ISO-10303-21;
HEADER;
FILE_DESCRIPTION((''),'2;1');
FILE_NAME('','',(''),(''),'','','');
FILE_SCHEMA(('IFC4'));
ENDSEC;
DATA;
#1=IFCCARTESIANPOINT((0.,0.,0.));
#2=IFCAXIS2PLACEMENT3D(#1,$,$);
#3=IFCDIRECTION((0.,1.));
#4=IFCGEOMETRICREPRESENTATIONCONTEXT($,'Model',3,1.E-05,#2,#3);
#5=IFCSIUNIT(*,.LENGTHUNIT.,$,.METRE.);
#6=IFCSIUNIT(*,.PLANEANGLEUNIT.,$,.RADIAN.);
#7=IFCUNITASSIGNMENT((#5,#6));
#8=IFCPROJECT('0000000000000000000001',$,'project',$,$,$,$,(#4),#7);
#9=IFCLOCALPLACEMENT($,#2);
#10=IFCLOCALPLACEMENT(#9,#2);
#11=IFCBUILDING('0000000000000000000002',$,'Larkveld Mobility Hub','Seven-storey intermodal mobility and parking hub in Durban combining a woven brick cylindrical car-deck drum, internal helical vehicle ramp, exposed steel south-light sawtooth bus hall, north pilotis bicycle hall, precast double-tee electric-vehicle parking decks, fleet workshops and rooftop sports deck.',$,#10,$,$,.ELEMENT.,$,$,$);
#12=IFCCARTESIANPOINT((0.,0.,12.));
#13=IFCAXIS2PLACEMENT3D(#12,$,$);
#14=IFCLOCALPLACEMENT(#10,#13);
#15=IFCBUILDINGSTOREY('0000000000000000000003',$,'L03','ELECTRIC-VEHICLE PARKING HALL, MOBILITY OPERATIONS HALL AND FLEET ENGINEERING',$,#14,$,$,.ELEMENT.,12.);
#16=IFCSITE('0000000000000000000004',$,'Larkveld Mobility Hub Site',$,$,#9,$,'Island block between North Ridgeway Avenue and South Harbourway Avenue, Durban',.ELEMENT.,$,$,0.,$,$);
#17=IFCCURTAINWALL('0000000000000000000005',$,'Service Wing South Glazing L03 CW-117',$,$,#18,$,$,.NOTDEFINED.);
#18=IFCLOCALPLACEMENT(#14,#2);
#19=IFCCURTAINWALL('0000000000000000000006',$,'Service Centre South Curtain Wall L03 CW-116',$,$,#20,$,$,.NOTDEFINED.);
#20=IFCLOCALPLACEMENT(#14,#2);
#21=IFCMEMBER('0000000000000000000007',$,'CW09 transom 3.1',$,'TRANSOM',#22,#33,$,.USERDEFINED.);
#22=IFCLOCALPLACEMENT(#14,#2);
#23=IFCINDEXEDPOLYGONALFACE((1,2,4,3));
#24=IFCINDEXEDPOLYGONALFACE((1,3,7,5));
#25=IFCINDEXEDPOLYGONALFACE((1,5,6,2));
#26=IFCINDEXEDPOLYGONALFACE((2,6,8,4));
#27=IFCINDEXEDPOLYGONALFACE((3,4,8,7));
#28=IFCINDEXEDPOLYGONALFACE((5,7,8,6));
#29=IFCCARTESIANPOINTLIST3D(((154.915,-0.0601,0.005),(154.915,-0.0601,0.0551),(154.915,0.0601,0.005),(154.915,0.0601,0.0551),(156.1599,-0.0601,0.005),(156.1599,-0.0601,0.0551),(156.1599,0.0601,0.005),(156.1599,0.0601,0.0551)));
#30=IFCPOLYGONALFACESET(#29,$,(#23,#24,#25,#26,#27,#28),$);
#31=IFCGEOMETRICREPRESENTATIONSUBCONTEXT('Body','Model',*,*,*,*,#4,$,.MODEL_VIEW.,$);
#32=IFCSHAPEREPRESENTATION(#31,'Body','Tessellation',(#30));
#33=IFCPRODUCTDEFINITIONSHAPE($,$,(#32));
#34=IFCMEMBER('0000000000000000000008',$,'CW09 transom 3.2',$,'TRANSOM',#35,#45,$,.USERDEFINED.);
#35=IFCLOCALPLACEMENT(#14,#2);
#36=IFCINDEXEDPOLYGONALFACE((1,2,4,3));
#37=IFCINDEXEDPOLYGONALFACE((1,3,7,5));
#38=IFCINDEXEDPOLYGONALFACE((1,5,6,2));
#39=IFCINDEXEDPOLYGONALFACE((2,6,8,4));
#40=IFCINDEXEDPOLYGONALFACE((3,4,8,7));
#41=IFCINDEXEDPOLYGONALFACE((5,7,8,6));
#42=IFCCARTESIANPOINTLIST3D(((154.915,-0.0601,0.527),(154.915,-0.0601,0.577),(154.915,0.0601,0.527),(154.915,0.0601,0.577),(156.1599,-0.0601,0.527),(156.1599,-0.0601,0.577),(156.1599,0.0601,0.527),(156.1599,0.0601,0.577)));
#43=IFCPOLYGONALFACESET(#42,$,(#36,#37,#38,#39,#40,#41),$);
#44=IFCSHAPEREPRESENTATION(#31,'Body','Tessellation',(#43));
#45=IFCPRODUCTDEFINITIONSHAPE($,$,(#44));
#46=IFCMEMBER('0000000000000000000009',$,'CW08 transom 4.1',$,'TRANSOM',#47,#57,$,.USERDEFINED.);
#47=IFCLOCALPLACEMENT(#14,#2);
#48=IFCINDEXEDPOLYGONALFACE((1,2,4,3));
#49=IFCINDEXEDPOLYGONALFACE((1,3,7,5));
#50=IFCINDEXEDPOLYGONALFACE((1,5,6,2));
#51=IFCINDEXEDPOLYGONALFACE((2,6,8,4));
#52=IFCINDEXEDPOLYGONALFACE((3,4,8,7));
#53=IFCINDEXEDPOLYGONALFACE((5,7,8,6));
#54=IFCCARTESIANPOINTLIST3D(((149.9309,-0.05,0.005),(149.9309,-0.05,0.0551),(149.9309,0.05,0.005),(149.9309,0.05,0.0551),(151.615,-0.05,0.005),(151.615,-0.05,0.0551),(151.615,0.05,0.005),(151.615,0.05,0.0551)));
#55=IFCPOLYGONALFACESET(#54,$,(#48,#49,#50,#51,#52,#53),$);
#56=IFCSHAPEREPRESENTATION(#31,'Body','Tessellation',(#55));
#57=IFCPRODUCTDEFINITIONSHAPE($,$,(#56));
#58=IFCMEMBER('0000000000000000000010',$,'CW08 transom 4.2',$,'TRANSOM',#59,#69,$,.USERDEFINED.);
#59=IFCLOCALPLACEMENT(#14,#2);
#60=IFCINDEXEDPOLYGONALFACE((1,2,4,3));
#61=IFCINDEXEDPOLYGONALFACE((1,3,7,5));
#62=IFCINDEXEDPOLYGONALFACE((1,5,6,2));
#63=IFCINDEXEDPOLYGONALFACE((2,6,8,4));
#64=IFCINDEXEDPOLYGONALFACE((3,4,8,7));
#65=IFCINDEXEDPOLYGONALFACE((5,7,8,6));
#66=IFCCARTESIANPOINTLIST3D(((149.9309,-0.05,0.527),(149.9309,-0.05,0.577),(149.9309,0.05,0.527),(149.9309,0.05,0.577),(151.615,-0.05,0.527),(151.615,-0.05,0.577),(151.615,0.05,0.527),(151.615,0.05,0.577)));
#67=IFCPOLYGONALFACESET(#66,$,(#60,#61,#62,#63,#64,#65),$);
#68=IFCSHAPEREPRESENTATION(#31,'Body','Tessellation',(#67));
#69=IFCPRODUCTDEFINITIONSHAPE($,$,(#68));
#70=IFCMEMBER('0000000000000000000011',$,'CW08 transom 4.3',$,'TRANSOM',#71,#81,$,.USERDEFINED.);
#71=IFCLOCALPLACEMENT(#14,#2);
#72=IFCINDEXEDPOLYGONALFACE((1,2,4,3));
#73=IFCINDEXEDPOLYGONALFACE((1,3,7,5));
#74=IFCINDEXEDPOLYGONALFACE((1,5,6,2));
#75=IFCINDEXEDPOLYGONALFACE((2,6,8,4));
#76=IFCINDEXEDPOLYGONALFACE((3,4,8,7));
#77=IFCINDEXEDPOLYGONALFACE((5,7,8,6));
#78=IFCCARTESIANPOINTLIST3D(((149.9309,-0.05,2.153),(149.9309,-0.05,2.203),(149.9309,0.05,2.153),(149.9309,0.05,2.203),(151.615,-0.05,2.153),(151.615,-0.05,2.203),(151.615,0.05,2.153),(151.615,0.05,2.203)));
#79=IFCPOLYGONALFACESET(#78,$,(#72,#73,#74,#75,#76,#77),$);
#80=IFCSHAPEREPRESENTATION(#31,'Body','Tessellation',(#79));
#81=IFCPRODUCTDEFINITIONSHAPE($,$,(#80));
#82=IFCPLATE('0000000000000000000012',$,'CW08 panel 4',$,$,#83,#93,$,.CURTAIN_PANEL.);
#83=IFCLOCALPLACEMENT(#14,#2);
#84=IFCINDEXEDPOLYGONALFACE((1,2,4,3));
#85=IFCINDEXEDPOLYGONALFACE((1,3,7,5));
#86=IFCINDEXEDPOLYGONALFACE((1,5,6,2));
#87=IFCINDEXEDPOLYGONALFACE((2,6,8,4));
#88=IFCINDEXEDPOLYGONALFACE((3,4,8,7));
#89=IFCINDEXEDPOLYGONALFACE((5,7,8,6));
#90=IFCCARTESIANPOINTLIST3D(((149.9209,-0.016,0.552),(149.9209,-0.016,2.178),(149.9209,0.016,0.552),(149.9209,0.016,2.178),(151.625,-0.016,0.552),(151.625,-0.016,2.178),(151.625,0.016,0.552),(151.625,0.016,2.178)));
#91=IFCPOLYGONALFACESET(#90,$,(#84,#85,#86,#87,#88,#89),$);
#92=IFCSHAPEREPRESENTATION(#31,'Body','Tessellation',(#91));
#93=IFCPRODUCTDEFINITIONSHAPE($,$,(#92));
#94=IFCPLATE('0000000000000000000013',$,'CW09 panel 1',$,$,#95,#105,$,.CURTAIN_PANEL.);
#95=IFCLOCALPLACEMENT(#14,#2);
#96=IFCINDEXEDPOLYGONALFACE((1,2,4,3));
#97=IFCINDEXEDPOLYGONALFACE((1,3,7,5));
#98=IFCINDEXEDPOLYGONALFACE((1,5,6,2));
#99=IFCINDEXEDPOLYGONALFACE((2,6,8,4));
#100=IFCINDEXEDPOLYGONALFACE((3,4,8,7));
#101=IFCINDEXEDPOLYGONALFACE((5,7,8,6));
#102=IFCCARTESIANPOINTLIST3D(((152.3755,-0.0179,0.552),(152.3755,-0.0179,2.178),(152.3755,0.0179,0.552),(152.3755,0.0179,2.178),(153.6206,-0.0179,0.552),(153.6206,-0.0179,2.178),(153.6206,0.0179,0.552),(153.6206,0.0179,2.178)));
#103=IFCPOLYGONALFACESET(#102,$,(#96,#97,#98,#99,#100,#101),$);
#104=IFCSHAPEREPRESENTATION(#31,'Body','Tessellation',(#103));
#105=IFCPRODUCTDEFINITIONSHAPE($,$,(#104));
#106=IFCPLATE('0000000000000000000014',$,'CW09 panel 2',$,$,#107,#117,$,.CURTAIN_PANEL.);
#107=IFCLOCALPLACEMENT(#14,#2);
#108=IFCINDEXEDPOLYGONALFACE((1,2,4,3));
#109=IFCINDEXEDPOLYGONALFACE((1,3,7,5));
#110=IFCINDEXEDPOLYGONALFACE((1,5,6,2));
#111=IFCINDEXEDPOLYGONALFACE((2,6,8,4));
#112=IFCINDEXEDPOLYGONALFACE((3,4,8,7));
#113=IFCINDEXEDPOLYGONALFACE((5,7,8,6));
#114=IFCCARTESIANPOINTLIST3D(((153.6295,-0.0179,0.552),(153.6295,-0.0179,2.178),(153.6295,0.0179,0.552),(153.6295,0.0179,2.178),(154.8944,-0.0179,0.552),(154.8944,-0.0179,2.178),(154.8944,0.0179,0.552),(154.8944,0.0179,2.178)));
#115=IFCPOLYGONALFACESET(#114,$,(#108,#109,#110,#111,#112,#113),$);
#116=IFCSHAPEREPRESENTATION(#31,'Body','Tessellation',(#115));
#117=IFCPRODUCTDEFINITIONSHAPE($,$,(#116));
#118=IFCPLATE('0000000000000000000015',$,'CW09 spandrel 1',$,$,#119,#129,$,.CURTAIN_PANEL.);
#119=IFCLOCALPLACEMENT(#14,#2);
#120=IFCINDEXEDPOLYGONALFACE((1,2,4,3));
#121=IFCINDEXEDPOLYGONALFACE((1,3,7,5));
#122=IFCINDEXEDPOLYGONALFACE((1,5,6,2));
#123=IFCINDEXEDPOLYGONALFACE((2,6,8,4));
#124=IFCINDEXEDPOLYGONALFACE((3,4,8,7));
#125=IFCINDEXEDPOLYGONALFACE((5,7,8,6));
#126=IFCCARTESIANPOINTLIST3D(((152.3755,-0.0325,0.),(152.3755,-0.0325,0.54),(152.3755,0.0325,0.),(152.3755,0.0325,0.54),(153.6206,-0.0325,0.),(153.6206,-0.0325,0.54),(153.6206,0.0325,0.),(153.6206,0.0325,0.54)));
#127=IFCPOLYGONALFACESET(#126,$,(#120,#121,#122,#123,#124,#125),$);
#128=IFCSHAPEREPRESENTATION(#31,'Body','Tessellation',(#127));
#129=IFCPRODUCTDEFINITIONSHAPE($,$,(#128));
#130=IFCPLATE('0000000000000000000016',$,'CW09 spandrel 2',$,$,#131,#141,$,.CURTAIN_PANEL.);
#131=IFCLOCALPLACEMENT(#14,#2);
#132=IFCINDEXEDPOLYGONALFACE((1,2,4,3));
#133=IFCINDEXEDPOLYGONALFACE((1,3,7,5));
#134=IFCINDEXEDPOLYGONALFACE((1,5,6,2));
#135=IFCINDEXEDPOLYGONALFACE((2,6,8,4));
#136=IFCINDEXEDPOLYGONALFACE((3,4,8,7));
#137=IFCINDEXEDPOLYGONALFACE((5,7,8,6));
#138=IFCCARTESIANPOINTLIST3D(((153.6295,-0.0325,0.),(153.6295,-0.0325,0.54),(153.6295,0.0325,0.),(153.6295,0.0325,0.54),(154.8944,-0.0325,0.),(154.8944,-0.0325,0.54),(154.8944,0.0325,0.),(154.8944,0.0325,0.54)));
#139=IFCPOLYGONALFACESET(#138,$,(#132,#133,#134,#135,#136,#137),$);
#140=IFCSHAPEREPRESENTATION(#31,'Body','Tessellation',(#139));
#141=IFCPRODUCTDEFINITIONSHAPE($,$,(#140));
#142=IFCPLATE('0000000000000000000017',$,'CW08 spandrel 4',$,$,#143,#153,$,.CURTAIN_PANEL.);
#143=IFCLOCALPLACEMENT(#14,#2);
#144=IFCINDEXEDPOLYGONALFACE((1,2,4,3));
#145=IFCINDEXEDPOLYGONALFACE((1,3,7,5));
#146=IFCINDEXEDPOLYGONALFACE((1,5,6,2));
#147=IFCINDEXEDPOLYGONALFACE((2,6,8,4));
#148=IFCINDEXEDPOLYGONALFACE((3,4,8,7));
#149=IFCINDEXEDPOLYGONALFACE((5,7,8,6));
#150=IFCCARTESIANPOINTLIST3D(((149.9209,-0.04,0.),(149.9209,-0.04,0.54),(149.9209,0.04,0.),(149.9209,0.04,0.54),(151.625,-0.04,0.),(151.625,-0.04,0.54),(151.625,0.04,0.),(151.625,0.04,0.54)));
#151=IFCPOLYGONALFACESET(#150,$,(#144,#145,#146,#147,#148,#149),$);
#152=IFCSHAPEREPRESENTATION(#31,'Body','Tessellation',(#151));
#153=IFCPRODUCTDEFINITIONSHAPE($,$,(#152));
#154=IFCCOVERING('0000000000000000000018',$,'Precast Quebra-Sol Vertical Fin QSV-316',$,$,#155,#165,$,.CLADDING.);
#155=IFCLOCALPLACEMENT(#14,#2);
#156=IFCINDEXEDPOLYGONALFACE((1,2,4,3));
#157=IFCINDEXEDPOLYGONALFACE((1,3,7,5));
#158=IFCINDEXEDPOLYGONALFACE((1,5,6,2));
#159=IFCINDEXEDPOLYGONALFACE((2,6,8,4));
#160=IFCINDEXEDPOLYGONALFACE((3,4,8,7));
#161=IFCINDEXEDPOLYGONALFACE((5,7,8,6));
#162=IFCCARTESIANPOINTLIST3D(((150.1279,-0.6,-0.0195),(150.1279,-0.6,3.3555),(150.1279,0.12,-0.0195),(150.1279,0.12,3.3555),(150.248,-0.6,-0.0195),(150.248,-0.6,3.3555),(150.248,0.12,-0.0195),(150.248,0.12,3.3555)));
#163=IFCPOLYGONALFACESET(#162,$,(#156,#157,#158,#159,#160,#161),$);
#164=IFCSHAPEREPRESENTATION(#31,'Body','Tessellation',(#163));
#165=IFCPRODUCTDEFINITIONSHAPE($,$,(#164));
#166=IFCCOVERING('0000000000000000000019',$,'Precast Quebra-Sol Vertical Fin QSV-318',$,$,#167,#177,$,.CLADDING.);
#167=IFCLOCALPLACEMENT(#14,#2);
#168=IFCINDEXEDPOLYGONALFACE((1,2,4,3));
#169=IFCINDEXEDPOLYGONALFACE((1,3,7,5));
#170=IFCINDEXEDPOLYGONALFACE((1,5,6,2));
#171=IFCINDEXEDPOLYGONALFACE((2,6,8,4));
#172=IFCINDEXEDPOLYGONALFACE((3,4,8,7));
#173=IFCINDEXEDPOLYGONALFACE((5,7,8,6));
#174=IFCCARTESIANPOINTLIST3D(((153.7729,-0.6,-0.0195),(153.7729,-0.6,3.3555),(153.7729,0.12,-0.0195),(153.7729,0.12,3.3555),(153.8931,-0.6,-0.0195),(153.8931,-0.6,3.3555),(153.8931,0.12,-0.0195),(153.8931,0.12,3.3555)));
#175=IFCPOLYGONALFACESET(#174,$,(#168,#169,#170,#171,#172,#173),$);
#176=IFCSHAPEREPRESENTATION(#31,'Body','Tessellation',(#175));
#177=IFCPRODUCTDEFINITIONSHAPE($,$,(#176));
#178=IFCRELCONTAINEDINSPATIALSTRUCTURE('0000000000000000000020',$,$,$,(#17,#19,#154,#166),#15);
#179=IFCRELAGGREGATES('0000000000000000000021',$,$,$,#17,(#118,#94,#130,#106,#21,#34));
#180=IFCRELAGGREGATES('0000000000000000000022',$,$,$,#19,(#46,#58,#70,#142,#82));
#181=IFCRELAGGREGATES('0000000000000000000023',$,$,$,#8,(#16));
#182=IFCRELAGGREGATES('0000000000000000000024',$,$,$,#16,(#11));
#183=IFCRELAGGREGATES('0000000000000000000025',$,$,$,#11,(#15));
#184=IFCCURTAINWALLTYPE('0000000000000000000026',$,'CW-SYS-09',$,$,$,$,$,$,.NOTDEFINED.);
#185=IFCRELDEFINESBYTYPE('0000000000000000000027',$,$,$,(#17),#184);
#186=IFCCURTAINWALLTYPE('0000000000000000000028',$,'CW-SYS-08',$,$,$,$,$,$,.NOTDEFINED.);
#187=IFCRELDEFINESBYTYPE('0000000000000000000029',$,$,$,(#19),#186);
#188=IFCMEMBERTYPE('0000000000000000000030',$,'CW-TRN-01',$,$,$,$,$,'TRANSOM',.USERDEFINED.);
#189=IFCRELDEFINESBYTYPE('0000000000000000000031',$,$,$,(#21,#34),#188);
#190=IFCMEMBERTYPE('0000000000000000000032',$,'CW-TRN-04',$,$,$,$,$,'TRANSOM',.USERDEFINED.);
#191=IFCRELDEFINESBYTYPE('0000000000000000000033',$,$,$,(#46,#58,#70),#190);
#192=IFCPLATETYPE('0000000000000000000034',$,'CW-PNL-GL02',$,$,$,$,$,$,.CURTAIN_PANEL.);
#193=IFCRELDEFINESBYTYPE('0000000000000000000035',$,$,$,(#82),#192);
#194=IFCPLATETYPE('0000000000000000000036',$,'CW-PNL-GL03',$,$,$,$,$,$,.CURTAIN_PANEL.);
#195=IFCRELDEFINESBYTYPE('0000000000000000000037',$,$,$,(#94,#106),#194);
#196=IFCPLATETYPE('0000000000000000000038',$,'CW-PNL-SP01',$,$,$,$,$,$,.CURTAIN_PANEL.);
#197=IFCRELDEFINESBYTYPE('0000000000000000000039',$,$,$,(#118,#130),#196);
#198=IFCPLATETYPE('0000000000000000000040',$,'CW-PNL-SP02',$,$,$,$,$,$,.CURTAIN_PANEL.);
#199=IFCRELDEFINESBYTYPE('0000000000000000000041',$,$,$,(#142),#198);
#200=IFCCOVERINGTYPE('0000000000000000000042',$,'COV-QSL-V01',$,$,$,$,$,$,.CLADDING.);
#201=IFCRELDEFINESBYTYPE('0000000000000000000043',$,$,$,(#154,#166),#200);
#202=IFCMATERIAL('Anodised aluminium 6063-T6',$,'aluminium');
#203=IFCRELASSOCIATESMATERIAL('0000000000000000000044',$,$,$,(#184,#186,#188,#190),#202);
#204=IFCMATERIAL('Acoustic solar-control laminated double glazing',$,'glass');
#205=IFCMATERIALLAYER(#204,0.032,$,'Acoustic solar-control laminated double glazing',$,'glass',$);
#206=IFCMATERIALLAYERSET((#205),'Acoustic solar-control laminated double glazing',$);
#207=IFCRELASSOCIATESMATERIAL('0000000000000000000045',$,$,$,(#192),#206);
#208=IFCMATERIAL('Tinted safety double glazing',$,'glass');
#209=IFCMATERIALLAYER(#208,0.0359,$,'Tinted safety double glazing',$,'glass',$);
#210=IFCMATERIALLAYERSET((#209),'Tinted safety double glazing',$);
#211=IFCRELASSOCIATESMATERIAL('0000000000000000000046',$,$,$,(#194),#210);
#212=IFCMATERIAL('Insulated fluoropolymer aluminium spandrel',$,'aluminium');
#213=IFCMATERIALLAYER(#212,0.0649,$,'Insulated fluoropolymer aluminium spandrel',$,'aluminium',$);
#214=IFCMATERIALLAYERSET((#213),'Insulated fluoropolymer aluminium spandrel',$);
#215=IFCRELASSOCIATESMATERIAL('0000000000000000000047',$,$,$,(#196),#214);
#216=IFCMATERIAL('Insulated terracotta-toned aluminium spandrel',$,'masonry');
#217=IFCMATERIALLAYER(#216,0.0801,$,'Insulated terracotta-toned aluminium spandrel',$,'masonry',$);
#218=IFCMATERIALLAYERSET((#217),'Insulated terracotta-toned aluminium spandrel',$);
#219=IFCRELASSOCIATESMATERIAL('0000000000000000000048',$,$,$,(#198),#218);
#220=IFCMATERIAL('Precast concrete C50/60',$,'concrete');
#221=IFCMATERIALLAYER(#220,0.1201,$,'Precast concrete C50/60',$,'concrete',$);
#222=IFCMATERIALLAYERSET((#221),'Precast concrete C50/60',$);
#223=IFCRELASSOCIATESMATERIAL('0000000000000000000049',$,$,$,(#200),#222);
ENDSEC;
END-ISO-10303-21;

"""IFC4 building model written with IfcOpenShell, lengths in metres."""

from ifc_helpers import new_model, si_unit, direction, frame, origin, origin_2d, place, context, subcontext, project, spatial, rectangle, extrude, material, layer, layer_set, material_profile, profile_set, type_object, element, aggregate, save


model = new_model("IFC4")

# Units and contexts
model_context = context("Model", 3, precision=1e-05, world=origin(), true_north=direction((0.0, 1.0)))
body_context = subcontext(model_context, "Body", "Model", "MODEL_VIEW")
ifc_project = project(units=[si_unit("LENGTHUNIT", "METRE"), si_unit("PLANEANGLEUNIT", "RADIAN")], contexts=[model_context])

# Site, building, storey
site_placement = place(None, origin())
site = spatial("IfcSite", under=ifc_project, at=site_placement, Name="Larkveld Mobility Hub Site", LongName="Island block between North Ridgeway Avenue and South Harbourway Avenue, Durban", CompositionType="ELEMENT", RefElevation=0.0)
building_placement = place(site_placement, origin())
building = spatial("IfcBuilding", under=site, at=building_placement, Name="Larkveld Mobility Hub", Description="Seven-storey intermodal mobility and parking hub in Durban combining a woven brick cylindrical car-deck drum, internal helical vehicle ramp, exposed steel south-light sawtooth bus hall, north pilotis bicycle hall, precast double-tee electric-vehicle parking decks, fleet workshops and rooftop sports deck.", CompositionType="ELEMENT")
storey_placement = place(building_placement, frame((0.0, 0.0, 12.0)))
storey = spatial("IfcBuildingStorey", under=building, at=storey_placement, Name="L03", Description="ELECTRIC-VEHICLE PARKING HALL, MOBILITY OPERATIONS HALL AND FLEET ENGINEERING", CompositionType="ELEMENT", Elevation=12.0)

# Shared definitions
ifc_material_1 = material(Name="Precast concrete C50/60", Category="concrete")

# Curtain walls
ifc_material_2 = material(Name="Anodised aluminium 6063-T6", Category="aluminium")
curtain_wall_type_1 = type_object("IfcCurtainWallType", Name="CW-SYS-09", PredefinedType="NOTDEFINED", material=ifc_material_2)
curtain_wall_1_placement = place(storey_placement, origin())
curtain_wall_1 = element("IfcCurtainWall", 1, at=curtain_wall_1_placement, inside=storey, type_object=curtain_wall_type_1, Name="Service Wing South Glazing L03 CW-117", PredefinedType="NOTDEFINED")
curtain_wall_type_2 = type_object("IfcCurtainWallType", Name="CW-SYS-08", PredefinedType="NOTDEFINED", material=ifc_material_2)
curtain_wall_2_placement = place(storey_placement, origin())
curtain_wall_2 = element("IfcCurtainWall", 2, at=curtain_wall_2_placement, inside=storey, type_object=curtain_wall_type_2, Name="Service Centre South Curtain Wall L03 CW-116", PredefinedType="NOTDEFINED")

# Members
ifc_material_profile_1 = material_profile(ifc_material_2, rectangle(XDim=0.1201, YDim=0.05, at=origin_2d()), Name="ALU TRAN 50x120")
ifc_profile_set_1 = profile_set([ifc_material_profile_1], Name="Anodised aluminium 6063-T6")
member_type_1 = type_object("IfcMemberType", Name="CW-TRN-01", ElementType="TRANSOM", PredefinedType="USERDEFINED", material=ifc_profile_set_1)
member_1_placement = place(storey_placement, frame((154.915, 0.0, 0.03), z_axis=(1.0, 0.0, 0.0), x_axis=(0.0, 1.0, 0.0)))
member_1 = element("IfcMember", 3, at=member_1_placement, type_object=member_type_1, Name="CW09 transom 3.1", ObjectType="TRANSOM", PredefinedType="USERDEFINED", context=body_context, shape_type="SweptSolid", body=[
    extrude(rectangle(XDim=0.1201, YDim=0.05, at=origin_2d()), origin(), (0.0, 0.0, 1.0), 1.2449),
])
member_2_placement = place(storey_placement, frame((154.915, 0.0, 0.552), z_axis=(1.0, 0.0, 0.0), x_axis=(0.0, 1.0, 0.0)))
member_2 = element("IfcMember", 4, at=member_2_placement, type_object=member_type_1, Name="CW09 transom 3.2", ObjectType="TRANSOM", PredefinedType="USERDEFINED", context=body_context, shape_type="SweptSolid", body=[
    extrude(rectangle(XDim=0.1201, YDim=0.05, at=origin_2d()), origin(), (0.0, 0.0, 1.0), 1.2449),
])
ifc_material_profile_2 = material_profile(ifc_material_2, rectangle(XDim=0.1001, YDim=0.05, at=origin_2d()), Name="ALU TRAN 50x100")
ifc_profile_set_2 = profile_set([ifc_material_profile_2], Name="Anodised aluminium 6063-T6")
member_type_2 = type_object("IfcMemberType", Name="CW-TRN-04", ElementType="TRANSOM", PredefinedType="USERDEFINED", material=ifc_profile_set_2)
member_3_placement = place(storey_placement, frame((149.9309, 0.0, 0.03), z_axis=(1.0, 0.0, 0.0), x_axis=(0.0, 1.0, 0.0)))
member_3 = element("IfcMember", 5, at=member_3_placement, type_object=member_type_2, Name="CW08 transom 4.1", ObjectType="TRANSOM", PredefinedType="USERDEFINED", context=body_context, shape_type="SweptSolid", body=[
    extrude(rectangle(XDim=0.1001, YDim=0.05, at=origin_2d()), origin(), (0.0, 0.0, 1.0), 1.6841),
])
member_4_placement = place(storey_placement, frame((149.9309, 0.0, 0.552), z_axis=(1.0, 0.0, 0.0), x_axis=(0.0, 1.0, 0.0)))
member_4 = element("IfcMember", 6, at=member_4_placement, type_object=member_type_2, Name="CW08 transom 4.2", ObjectType="TRANSOM", PredefinedType="USERDEFINED", context=body_context, shape_type="SweptSolid", body=[
    extrude(rectangle(XDim=0.1001, YDim=0.05, at=origin_2d()), origin(), (0.0, 0.0, 1.0), 1.6841),
])
member_5_placement = place(storey_placement, frame((149.9309, 0.0, 2.178), z_axis=(1.0, 0.0, 0.0), x_axis=(0.0, 1.0, 0.0)))
member_5 = element("IfcMember", 7, at=member_5_placement, type_object=member_type_2, Name="CW08 transom 4.3", ObjectType="TRANSOM", PredefinedType="USERDEFINED", context=body_context, shape_type="SweptSolid", body=[
    extrude(rectangle(XDim=0.1001, YDim=0.05, at=origin_2d()), origin(), (0.0, 0.0, 1.0), 1.6841),
])

# Plates
ifc_material_3 = material(Name="Acoustic solar-control laminated double glazing", Category="glass")
ifc_layer_1 = layer(ifc_material_3, 0.032, Name="Acoustic solar-control laminated double glazing", Category="glass")
ifc_layer_set_1 = layer_set([ifc_layer_1], Name="Acoustic solar-control laminated double glazing")
plate_type_1 = type_object("IfcPlateType", Name="CW-PNL-GL02", PredefinedType="CURTAIN_PANEL", material=ifc_layer_set_1)
plate_1_placement = place(storey_placement, frame((150.7729, 0.0, 0.552), z_axis=(0.0, 0.0, 1.0), x_axis=(1.0, 0.0, 0.0)))
plate_1 = element("IfcPlate", 8, at=plate_1_placement, type_object=plate_type_1, Name="CW08 panel 4", PredefinedType="CURTAIN_PANEL", context=body_context, shape_type="SweptSolid", body=[
    extrude(rectangle(XDim=1.7041, YDim=0.032, at=origin_2d()), origin(), (0.0, 0.0, 1.0), 1.626),
])
ifc_material_4 = material(Name="Tinted safety double glazing", Category="glass")
ifc_layer_2 = layer(ifc_material_4, 0.0359, Name="Tinted safety double glazing", Category="glass")
ifc_layer_set_2 = layer_set([ifc_layer_2], Name="Tinted safety double glazing")
plate_type_2 = type_object("IfcPlateType", Name="CW-PNL-GL03", PredefinedType="CURTAIN_PANEL", material=ifc_layer_set_2)
plate_2_placement = place(storey_placement, frame((152.998, 0.0, 0.552), z_axis=(0.0, 0.0, 1.0), x_axis=(1.0, 0.0, 0.0)))
plate_2 = element("IfcPlate", 9, at=plate_2_placement, type_object=plate_type_2, Name="CW09 panel 1", PredefinedType="CURTAIN_PANEL", context=body_context, shape_type="SweptSolid", body=[
    extrude(rectangle(XDim=1.2451, YDim=0.0359, at=origin_2d()), origin(), (0.0, 0.0, 1.0), 1.626),
])
plate_3_placement = place(storey_placement, frame((154.262, 0.0, 0.552), z_axis=(0.0, 0.0, 1.0), x_axis=(1.0, 0.0, 0.0)))
plate_3 = element("IfcPlate", 10, at=plate_3_placement, type_object=plate_type_2, Name="CW09 panel 2", PredefinedType="CURTAIN_PANEL", context=body_context, shape_type="SweptSolid", body=[
    extrude(rectangle(XDim=1.2649, YDim=0.0359, at=origin_2d()), origin(), (0.0, 0.0, 1.0), 1.626),
])
ifc_material_5 = material(Name="Insulated fluoropolymer aluminium spandrel", Category="aluminium")
ifc_layer_3 = layer(ifc_material_5, 0.0649, Name="Insulated fluoropolymer aluminium spandrel", Category="aluminium")
ifc_layer_set_3 = layer_set([ifc_layer_3], Name="Insulated fluoropolymer aluminium spandrel")
plate_type_3 = type_object("IfcPlateType", Name="CW-PNL-SP01", PredefinedType="CURTAIN_PANEL", material=ifc_layer_set_3)
plate_4_placement = place(storey_placement, frame((152.998, 0.0, 0.0), z_axis=(0.0, 0.0, 1.0), x_axis=(1.0, 0.0, 0.0)))
plate_4 = element("IfcPlate", 11, at=plate_4_placement, type_object=plate_type_3, Name="CW09 spandrel 1", PredefinedType="CURTAIN_PANEL", context=body_context, shape_type="SweptSolid", body=[
    extrude(rectangle(XDim=1.2451, YDim=0.0649, at=origin_2d()), origin(), (0.0, 0.0, 1.0), 0.54),
])
plate_5_placement = place(storey_placement, frame((154.262, 0.0, 0.0), z_axis=(0.0, 0.0, 1.0), x_axis=(1.0, 0.0, 0.0)))
plate_5 = element("IfcPlate", 12, at=plate_5_placement, type_object=plate_type_3, Name="CW09 spandrel 2", PredefinedType="CURTAIN_PANEL", context=body_context, shape_type="SweptSolid", body=[
    extrude(rectangle(XDim=1.2649, YDim=0.0649, at=origin_2d()), origin(), (0.0, 0.0, 1.0), 0.54),
])
aggregate(curtain_wall_1, [plate_4, plate_2, plate_5, plate_3, member_1, member_2])
ifc_material_6 = material(Name="Insulated terracotta-toned aluminium spandrel", Category="masonry")
ifc_layer_4 = layer(ifc_material_6, 0.0801, Name="Insulated terracotta-toned aluminium spandrel", Category="masonry")
ifc_layer_set_4 = layer_set([ifc_layer_4], Name="Insulated terracotta-toned aluminium spandrel")
plate_type_4 = type_object("IfcPlateType", Name="CW-PNL-SP02", PredefinedType="CURTAIN_PANEL", material=ifc_layer_set_4)
plate_6_placement = place(storey_placement, frame((150.7729, 0.0, 0.0), z_axis=(0.0, 0.0, 1.0), x_axis=(1.0, 0.0, 0.0)))
plate_6 = element("IfcPlate", 13, at=plate_6_placement, type_object=plate_type_4, Name="CW08 spandrel 4", PredefinedType="CURTAIN_PANEL", context=body_context, shape_type="SweptSolid", body=[
    extrude(rectangle(XDim=1.7041, YDim=0.0801, at=origin_2d()), origin(), (0.0, 0.0, 1.0), 0.54),
])
aggregate(curtain_wall_2, [member_3, member_4, member_5, plate_6, plate_1])

# Coverings
ifc_layer_5 = layer(ifc_material_1, 0.1201, Name="Precast concrete C50/60", Category="concrete")
ifc_layer_set_5 = layer_set([ifc_layer_5], Name="Precast concrete C50/60")
covering_type = type_object("IfcCoveringType", Name="COV-QSL-V01", PredefinedType="CLADDING", material=ifc_layer_set_5)
for number, where, z_axis, x_axis, name in (
    (14, (150.188, -0.24, -0.0195), (0.0, 0.0, 1.0), (1.0, 0.0, 0.0), "Precast Quebra-Sol Vertical Fin QSV-316"),
    (15, (153.833, -0.24, -0.0195), (0.0, 0.0, 1.0), (1.0, 0.0, 0.0), "Precast Quebra-Sol Vertical Fin QSV-318"),
):
    element("IfcCovering", number, at=place(storey_placement, frame(where, z_axis=z_axis, x_axis=x_axis)), inside=storey, type_object=covering_type, Name=name, PredefinedType="CLADDING", context=body_context, shape_type="SweptSolid", body=[
        extrude(rectangle(XDim=0.1201, YDim=0.72, at=origin_2d()), origin(), (0.0, 0.0, 1.0), 3.375),
    ])

save(model, "model.ifc")
